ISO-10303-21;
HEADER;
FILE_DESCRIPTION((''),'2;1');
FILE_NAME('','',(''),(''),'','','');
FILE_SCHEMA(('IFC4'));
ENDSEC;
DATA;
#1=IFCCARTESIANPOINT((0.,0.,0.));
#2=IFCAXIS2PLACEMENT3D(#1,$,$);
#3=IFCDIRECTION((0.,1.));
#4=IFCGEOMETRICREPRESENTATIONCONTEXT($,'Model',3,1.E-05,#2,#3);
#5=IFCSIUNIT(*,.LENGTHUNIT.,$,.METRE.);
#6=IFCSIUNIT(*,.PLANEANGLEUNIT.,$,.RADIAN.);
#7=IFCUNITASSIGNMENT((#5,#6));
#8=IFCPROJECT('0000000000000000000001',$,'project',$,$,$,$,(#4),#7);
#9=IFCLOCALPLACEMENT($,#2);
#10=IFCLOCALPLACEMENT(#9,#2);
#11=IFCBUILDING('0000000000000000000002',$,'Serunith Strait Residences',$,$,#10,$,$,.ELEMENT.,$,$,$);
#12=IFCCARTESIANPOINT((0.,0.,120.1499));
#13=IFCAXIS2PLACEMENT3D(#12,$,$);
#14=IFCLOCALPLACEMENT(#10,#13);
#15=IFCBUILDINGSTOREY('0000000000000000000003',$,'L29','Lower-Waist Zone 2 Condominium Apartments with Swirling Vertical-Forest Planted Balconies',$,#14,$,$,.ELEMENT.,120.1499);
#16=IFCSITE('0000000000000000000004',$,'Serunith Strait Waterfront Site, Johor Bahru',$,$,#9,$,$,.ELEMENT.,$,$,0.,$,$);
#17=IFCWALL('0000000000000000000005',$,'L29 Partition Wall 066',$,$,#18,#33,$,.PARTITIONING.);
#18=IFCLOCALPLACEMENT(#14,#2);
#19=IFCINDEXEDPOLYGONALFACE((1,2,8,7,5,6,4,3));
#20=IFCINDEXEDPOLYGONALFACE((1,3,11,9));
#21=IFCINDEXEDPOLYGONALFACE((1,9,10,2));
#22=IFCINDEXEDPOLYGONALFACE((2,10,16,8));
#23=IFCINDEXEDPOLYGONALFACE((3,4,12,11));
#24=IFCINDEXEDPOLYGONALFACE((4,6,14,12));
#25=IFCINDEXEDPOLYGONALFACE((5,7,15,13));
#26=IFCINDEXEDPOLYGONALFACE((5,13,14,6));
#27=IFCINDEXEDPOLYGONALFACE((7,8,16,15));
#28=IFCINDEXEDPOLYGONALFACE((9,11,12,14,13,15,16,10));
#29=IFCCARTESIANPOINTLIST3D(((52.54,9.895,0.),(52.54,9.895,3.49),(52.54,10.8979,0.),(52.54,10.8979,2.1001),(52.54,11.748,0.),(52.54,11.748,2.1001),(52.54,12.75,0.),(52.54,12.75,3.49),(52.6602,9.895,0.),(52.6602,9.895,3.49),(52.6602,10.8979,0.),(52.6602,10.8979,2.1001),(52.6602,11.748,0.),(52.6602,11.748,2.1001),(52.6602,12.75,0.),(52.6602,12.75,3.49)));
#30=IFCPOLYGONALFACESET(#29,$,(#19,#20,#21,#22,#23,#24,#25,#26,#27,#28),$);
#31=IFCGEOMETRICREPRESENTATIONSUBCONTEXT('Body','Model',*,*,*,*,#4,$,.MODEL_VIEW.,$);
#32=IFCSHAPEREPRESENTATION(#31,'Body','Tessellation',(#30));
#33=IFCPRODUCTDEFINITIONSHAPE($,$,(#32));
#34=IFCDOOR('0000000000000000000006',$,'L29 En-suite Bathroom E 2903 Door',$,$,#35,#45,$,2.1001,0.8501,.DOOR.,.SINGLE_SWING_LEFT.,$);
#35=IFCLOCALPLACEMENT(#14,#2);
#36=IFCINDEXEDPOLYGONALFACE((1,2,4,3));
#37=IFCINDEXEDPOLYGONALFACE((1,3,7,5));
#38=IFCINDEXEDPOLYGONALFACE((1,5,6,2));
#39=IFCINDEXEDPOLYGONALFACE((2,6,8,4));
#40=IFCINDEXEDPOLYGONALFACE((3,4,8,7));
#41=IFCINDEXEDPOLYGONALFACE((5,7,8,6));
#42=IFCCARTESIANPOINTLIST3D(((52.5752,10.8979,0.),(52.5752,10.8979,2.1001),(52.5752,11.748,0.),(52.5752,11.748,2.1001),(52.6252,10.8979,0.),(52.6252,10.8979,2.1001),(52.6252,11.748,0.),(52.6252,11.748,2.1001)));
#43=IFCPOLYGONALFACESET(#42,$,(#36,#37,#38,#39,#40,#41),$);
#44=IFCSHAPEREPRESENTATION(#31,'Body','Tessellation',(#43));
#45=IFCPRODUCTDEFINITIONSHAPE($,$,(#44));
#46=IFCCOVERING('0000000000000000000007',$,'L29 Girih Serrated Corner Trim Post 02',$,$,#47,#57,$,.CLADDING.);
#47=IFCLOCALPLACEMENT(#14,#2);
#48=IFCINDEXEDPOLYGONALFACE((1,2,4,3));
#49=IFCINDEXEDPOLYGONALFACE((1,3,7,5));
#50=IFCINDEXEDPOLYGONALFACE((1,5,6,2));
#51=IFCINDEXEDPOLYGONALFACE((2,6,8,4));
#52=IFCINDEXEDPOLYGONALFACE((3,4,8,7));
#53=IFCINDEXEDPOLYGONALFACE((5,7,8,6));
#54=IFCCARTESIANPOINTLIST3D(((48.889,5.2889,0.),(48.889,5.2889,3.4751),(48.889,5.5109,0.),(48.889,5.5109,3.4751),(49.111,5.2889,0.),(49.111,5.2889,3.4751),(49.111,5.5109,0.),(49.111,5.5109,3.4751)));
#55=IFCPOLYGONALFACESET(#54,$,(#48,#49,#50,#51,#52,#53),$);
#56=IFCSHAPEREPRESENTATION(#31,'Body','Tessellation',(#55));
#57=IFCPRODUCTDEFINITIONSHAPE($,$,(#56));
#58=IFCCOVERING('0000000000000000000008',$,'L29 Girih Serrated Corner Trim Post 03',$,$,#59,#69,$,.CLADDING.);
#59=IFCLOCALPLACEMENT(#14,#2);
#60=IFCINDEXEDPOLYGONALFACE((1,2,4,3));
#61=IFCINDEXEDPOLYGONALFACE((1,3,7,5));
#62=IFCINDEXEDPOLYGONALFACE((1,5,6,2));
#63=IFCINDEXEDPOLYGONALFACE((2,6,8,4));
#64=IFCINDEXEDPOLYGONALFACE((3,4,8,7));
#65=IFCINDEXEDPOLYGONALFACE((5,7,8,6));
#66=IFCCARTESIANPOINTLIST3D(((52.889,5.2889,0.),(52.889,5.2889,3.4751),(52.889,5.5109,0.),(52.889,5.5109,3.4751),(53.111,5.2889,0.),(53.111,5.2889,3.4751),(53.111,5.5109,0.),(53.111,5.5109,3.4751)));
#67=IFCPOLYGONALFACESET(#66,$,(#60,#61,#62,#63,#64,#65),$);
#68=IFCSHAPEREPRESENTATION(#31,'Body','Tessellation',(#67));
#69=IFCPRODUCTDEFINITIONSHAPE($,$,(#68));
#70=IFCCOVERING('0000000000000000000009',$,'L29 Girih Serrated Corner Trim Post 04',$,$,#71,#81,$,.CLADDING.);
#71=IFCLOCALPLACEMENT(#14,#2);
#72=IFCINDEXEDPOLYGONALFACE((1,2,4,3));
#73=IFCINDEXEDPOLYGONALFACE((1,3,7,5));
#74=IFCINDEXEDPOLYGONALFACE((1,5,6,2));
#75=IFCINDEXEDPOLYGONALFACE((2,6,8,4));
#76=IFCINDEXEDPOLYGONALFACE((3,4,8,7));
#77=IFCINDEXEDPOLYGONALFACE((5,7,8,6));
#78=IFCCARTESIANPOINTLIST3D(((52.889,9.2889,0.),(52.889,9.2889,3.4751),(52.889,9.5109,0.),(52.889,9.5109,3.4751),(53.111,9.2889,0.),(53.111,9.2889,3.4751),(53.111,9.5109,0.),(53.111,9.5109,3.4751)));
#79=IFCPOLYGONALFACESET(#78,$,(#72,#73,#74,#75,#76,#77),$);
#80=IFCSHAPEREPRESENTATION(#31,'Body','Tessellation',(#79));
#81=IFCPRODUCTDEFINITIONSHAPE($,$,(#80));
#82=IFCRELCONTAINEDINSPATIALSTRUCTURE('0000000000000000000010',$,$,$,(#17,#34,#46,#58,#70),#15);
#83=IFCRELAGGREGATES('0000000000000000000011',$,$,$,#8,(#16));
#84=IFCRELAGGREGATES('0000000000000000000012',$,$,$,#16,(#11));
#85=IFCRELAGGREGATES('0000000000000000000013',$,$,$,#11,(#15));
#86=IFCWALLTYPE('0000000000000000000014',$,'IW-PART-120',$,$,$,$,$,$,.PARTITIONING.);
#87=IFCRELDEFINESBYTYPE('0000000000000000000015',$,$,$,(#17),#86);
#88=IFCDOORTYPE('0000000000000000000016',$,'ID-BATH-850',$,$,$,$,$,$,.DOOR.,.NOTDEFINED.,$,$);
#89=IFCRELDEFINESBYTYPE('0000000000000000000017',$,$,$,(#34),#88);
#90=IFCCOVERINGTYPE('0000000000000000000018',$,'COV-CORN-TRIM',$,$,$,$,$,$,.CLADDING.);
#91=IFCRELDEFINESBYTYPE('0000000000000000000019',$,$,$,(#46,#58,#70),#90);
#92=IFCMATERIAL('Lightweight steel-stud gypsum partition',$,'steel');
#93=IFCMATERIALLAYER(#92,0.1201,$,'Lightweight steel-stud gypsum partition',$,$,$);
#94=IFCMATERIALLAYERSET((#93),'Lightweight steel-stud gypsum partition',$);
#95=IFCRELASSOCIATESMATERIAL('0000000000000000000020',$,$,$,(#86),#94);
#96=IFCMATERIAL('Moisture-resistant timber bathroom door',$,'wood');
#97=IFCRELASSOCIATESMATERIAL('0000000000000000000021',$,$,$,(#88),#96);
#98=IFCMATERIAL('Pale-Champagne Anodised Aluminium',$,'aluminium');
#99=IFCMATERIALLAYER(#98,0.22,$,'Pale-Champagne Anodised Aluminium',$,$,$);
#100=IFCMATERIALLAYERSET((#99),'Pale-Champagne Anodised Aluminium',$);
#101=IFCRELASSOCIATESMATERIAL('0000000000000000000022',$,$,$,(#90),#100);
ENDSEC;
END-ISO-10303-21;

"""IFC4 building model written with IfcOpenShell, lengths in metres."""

from ifc_helpers import new_model, si_unit, direction, frame, frame_2d, origin, origin_2d, place, context, subcontext, project, spatial, rectangle, extrude, source, transform, mapped, material, layer, layer_set, type_object, element, fill, save


model = new_model("IFC4")

# Units and contexts
model_context = context("Model", 3, precision=1e-05, world=origin(), true_north=direction((0.0, 1.0)))
body_context = subcontext(model_context, "Body", "Model", "MODEL_VIEW")
ifc_project = project(units=[si_unit("LENGTHUNIT", "METRE"), si_unit("PLANEANGLEUNIT", "RADIAN")], contexts=[model_context])

# Site, building, storey
site_placement = place(None, origin())
site = spatial("IfcSite", under=ifc_project, at=site_placement, Name="Serunith Strait Waterfront Site, Johor Bahru", CompositionType="ELEMENT", RefElevation=0.0)
building_placement = place(site_placement, origin())
building = spatial("IfcBuilding", under=site, at=building_placement, Name="Serunith Strait Residences", CompositionType="ELEMENT")
storey_placement = place(building_placement, frame((0.0, 0.0, 120.1499)))
storey = spatial("IfcBuildingStorey", under=building, at=storey_placement, Name="L29", Description="Lower-Waist Zone 2 Condominium Apartments with Swirling Vertical-Forest Planted Balconies", CompositionType="ELEMENT", Elevation=120.1499)

# Shared definitions
ifc_material_1 = material(Name="Pale-Champagne Anodised Aluminium", Category="aluminium")

# Shared definitions
ifc_material_2 = material(Name="Lightweight steel-stud gypsum partition", Category="steel")
ifc_layer_1 = layer(ifc_material_2, 0.1201, Name="Lightweight steel-stud gypsum partition")
ifc_layer_set_1 = layer_set([ifc_layer_1], Name="Lightweight steel-stud gypsum partition")
wall_type_1 = type_object("IfcWallType", Name="IW-PART-120", PredefinedType="PARTITIONING", material=ifc_layer_set_1)

# Wall, opening, door
wall_1_placement = place(storey_placement, frame((52.6001, 9.895, 0.0), z_axis=(0.0, 0.0, 1.0), x_axis=(0.0, 1.0, 0.0)))
wall_1 = element("IfcWall", 1, at=wall_1_placement, inside=storey, type_object=wall_type_1, Name="L29 Partition Wall 066", PredefinedType="PARTITIONING", context=body_context, shape_type="SweptSolid", body=[
    extrude(rectangle(XDim=2.855, YDim=0.1201, at=frame_2d((1.4275, 0.0))), origin(), (0.0, 0.0, 1.0), 3.49),
])
opening_1_placement = place(wall_1_placement, frame((1.0029, 0.0, 0.0)))
opening_1 = element("IfcOpeningElement", 2, at=opening_1_placement, cuts=wall_1, PredefinedType="OPENING", context=body_context, shape_type="SweptSolid", body=[
    extrude(rectangle(XDim=0.8501, YDim=2.1001, at=frame_2d((0.425, 1.05))), frame((0.0, 0.0701, 0.0), z_axis=(0.0, -1.0, 0.0), x_axis=(1.0, 0.0, 0.0)), (0.0, 0.0, 1.0), 0.1401),
])
ifc_material_3 = material(Name="Moisture-resistant timber bathroom door", Category="wood")
door_type = type_object("IfcDoorType", Name="ID-BATH-850", OperationType="NOTDEFINED", PredefinedType="DOOR", material=ifc_material_3)
shared_shape_1 = source(origin(), body_context, "Body", "SweptSolid", [
    extrude(rectangle(XDim=0.8501, YDim=2.1001, at=frame_2d((0.425, 1.05))), frame((0.0, 0.0249, 0.0), z_axis=(0.0, -1.0, 0.0), x_axis=(1.0, 0.0, 0.0)), (0.0, 0.0, 1.0), 0.05),
])
door_placement = place(opening_1_placement, origin())
door = element("IfcDoor", 3, at=door_placement, inside=storey, type_object=door_type, Name="L29 En-suite Bathroom E 2903 Door", OperationType="SINGLE_SWING_LEFT", OverallHeight=2.1001, OverallWidth=0.8501, PredefinedType="DOOR", context=body_context, shape_type="MappedRepresentation", body=[
    mapped(shared_shape_1, transform((0.0, 0.0, 0.0), scale=1.0)),
])
fill(opening_1, door)

# Coverings
ifc_layer_2 = layer(ifc_material_1, 0.22, Name="Pale-Champagne Anodised Aluminium")
ifc_layer_set_2 = layer_set([ifc_layer_2], Name="Pale-Champagne Anodised Aluminium")
covering_type = type_object("IfcCoveringType", Name="COV-CORN-TRIM", PredefinedType="CLADDING", material=ifc_layer_set_2)
shared_shape_2 = source(origin(), body_context, "Body", "SweptSolid", [
    extrude(rectangle(XDim=0.2219, YDim=0.2219, at=origin_2d()), origin(), (0.0, 0.0, 1.0), 3.4751),
])
for number, where, z_axis, x_axis, name in (
    (4, (49.0, 5.3999, 0.0), (0.0, 0.0, 1.0), (1.0, 0.0, 0.0), "L29 Girih Serrated Corner Trim Post 02"),
    (5, (53.0, 5.3999, 0.0), (0.0, 0.0, 1.0), (1.0, 0.0, 0.0), "L29 Girih Serrated Corner Trim Post 03"),
    (6, (53.0, 9.3999, 0.0), (0.0, 0.0, 1.0), (1.0, 0.0, 0.0), "L29 Girih Serrated Corner Trim Post 04"),
):
    element("IfcCovering", number, at=place(storey_placement, frame(where, z_axis=z_axis, x_axis=x_axis)), inside=storey, type_object=covering_type, Name=name, PredefinedType="CLADDING", context=body_context, shape_type="MappedRepresentation", body=[
        mapped(shared_shape_2, transform((0.0, 0.0, 0.0), scale=1.0)),
    ])

save(model, "model.ifc")
